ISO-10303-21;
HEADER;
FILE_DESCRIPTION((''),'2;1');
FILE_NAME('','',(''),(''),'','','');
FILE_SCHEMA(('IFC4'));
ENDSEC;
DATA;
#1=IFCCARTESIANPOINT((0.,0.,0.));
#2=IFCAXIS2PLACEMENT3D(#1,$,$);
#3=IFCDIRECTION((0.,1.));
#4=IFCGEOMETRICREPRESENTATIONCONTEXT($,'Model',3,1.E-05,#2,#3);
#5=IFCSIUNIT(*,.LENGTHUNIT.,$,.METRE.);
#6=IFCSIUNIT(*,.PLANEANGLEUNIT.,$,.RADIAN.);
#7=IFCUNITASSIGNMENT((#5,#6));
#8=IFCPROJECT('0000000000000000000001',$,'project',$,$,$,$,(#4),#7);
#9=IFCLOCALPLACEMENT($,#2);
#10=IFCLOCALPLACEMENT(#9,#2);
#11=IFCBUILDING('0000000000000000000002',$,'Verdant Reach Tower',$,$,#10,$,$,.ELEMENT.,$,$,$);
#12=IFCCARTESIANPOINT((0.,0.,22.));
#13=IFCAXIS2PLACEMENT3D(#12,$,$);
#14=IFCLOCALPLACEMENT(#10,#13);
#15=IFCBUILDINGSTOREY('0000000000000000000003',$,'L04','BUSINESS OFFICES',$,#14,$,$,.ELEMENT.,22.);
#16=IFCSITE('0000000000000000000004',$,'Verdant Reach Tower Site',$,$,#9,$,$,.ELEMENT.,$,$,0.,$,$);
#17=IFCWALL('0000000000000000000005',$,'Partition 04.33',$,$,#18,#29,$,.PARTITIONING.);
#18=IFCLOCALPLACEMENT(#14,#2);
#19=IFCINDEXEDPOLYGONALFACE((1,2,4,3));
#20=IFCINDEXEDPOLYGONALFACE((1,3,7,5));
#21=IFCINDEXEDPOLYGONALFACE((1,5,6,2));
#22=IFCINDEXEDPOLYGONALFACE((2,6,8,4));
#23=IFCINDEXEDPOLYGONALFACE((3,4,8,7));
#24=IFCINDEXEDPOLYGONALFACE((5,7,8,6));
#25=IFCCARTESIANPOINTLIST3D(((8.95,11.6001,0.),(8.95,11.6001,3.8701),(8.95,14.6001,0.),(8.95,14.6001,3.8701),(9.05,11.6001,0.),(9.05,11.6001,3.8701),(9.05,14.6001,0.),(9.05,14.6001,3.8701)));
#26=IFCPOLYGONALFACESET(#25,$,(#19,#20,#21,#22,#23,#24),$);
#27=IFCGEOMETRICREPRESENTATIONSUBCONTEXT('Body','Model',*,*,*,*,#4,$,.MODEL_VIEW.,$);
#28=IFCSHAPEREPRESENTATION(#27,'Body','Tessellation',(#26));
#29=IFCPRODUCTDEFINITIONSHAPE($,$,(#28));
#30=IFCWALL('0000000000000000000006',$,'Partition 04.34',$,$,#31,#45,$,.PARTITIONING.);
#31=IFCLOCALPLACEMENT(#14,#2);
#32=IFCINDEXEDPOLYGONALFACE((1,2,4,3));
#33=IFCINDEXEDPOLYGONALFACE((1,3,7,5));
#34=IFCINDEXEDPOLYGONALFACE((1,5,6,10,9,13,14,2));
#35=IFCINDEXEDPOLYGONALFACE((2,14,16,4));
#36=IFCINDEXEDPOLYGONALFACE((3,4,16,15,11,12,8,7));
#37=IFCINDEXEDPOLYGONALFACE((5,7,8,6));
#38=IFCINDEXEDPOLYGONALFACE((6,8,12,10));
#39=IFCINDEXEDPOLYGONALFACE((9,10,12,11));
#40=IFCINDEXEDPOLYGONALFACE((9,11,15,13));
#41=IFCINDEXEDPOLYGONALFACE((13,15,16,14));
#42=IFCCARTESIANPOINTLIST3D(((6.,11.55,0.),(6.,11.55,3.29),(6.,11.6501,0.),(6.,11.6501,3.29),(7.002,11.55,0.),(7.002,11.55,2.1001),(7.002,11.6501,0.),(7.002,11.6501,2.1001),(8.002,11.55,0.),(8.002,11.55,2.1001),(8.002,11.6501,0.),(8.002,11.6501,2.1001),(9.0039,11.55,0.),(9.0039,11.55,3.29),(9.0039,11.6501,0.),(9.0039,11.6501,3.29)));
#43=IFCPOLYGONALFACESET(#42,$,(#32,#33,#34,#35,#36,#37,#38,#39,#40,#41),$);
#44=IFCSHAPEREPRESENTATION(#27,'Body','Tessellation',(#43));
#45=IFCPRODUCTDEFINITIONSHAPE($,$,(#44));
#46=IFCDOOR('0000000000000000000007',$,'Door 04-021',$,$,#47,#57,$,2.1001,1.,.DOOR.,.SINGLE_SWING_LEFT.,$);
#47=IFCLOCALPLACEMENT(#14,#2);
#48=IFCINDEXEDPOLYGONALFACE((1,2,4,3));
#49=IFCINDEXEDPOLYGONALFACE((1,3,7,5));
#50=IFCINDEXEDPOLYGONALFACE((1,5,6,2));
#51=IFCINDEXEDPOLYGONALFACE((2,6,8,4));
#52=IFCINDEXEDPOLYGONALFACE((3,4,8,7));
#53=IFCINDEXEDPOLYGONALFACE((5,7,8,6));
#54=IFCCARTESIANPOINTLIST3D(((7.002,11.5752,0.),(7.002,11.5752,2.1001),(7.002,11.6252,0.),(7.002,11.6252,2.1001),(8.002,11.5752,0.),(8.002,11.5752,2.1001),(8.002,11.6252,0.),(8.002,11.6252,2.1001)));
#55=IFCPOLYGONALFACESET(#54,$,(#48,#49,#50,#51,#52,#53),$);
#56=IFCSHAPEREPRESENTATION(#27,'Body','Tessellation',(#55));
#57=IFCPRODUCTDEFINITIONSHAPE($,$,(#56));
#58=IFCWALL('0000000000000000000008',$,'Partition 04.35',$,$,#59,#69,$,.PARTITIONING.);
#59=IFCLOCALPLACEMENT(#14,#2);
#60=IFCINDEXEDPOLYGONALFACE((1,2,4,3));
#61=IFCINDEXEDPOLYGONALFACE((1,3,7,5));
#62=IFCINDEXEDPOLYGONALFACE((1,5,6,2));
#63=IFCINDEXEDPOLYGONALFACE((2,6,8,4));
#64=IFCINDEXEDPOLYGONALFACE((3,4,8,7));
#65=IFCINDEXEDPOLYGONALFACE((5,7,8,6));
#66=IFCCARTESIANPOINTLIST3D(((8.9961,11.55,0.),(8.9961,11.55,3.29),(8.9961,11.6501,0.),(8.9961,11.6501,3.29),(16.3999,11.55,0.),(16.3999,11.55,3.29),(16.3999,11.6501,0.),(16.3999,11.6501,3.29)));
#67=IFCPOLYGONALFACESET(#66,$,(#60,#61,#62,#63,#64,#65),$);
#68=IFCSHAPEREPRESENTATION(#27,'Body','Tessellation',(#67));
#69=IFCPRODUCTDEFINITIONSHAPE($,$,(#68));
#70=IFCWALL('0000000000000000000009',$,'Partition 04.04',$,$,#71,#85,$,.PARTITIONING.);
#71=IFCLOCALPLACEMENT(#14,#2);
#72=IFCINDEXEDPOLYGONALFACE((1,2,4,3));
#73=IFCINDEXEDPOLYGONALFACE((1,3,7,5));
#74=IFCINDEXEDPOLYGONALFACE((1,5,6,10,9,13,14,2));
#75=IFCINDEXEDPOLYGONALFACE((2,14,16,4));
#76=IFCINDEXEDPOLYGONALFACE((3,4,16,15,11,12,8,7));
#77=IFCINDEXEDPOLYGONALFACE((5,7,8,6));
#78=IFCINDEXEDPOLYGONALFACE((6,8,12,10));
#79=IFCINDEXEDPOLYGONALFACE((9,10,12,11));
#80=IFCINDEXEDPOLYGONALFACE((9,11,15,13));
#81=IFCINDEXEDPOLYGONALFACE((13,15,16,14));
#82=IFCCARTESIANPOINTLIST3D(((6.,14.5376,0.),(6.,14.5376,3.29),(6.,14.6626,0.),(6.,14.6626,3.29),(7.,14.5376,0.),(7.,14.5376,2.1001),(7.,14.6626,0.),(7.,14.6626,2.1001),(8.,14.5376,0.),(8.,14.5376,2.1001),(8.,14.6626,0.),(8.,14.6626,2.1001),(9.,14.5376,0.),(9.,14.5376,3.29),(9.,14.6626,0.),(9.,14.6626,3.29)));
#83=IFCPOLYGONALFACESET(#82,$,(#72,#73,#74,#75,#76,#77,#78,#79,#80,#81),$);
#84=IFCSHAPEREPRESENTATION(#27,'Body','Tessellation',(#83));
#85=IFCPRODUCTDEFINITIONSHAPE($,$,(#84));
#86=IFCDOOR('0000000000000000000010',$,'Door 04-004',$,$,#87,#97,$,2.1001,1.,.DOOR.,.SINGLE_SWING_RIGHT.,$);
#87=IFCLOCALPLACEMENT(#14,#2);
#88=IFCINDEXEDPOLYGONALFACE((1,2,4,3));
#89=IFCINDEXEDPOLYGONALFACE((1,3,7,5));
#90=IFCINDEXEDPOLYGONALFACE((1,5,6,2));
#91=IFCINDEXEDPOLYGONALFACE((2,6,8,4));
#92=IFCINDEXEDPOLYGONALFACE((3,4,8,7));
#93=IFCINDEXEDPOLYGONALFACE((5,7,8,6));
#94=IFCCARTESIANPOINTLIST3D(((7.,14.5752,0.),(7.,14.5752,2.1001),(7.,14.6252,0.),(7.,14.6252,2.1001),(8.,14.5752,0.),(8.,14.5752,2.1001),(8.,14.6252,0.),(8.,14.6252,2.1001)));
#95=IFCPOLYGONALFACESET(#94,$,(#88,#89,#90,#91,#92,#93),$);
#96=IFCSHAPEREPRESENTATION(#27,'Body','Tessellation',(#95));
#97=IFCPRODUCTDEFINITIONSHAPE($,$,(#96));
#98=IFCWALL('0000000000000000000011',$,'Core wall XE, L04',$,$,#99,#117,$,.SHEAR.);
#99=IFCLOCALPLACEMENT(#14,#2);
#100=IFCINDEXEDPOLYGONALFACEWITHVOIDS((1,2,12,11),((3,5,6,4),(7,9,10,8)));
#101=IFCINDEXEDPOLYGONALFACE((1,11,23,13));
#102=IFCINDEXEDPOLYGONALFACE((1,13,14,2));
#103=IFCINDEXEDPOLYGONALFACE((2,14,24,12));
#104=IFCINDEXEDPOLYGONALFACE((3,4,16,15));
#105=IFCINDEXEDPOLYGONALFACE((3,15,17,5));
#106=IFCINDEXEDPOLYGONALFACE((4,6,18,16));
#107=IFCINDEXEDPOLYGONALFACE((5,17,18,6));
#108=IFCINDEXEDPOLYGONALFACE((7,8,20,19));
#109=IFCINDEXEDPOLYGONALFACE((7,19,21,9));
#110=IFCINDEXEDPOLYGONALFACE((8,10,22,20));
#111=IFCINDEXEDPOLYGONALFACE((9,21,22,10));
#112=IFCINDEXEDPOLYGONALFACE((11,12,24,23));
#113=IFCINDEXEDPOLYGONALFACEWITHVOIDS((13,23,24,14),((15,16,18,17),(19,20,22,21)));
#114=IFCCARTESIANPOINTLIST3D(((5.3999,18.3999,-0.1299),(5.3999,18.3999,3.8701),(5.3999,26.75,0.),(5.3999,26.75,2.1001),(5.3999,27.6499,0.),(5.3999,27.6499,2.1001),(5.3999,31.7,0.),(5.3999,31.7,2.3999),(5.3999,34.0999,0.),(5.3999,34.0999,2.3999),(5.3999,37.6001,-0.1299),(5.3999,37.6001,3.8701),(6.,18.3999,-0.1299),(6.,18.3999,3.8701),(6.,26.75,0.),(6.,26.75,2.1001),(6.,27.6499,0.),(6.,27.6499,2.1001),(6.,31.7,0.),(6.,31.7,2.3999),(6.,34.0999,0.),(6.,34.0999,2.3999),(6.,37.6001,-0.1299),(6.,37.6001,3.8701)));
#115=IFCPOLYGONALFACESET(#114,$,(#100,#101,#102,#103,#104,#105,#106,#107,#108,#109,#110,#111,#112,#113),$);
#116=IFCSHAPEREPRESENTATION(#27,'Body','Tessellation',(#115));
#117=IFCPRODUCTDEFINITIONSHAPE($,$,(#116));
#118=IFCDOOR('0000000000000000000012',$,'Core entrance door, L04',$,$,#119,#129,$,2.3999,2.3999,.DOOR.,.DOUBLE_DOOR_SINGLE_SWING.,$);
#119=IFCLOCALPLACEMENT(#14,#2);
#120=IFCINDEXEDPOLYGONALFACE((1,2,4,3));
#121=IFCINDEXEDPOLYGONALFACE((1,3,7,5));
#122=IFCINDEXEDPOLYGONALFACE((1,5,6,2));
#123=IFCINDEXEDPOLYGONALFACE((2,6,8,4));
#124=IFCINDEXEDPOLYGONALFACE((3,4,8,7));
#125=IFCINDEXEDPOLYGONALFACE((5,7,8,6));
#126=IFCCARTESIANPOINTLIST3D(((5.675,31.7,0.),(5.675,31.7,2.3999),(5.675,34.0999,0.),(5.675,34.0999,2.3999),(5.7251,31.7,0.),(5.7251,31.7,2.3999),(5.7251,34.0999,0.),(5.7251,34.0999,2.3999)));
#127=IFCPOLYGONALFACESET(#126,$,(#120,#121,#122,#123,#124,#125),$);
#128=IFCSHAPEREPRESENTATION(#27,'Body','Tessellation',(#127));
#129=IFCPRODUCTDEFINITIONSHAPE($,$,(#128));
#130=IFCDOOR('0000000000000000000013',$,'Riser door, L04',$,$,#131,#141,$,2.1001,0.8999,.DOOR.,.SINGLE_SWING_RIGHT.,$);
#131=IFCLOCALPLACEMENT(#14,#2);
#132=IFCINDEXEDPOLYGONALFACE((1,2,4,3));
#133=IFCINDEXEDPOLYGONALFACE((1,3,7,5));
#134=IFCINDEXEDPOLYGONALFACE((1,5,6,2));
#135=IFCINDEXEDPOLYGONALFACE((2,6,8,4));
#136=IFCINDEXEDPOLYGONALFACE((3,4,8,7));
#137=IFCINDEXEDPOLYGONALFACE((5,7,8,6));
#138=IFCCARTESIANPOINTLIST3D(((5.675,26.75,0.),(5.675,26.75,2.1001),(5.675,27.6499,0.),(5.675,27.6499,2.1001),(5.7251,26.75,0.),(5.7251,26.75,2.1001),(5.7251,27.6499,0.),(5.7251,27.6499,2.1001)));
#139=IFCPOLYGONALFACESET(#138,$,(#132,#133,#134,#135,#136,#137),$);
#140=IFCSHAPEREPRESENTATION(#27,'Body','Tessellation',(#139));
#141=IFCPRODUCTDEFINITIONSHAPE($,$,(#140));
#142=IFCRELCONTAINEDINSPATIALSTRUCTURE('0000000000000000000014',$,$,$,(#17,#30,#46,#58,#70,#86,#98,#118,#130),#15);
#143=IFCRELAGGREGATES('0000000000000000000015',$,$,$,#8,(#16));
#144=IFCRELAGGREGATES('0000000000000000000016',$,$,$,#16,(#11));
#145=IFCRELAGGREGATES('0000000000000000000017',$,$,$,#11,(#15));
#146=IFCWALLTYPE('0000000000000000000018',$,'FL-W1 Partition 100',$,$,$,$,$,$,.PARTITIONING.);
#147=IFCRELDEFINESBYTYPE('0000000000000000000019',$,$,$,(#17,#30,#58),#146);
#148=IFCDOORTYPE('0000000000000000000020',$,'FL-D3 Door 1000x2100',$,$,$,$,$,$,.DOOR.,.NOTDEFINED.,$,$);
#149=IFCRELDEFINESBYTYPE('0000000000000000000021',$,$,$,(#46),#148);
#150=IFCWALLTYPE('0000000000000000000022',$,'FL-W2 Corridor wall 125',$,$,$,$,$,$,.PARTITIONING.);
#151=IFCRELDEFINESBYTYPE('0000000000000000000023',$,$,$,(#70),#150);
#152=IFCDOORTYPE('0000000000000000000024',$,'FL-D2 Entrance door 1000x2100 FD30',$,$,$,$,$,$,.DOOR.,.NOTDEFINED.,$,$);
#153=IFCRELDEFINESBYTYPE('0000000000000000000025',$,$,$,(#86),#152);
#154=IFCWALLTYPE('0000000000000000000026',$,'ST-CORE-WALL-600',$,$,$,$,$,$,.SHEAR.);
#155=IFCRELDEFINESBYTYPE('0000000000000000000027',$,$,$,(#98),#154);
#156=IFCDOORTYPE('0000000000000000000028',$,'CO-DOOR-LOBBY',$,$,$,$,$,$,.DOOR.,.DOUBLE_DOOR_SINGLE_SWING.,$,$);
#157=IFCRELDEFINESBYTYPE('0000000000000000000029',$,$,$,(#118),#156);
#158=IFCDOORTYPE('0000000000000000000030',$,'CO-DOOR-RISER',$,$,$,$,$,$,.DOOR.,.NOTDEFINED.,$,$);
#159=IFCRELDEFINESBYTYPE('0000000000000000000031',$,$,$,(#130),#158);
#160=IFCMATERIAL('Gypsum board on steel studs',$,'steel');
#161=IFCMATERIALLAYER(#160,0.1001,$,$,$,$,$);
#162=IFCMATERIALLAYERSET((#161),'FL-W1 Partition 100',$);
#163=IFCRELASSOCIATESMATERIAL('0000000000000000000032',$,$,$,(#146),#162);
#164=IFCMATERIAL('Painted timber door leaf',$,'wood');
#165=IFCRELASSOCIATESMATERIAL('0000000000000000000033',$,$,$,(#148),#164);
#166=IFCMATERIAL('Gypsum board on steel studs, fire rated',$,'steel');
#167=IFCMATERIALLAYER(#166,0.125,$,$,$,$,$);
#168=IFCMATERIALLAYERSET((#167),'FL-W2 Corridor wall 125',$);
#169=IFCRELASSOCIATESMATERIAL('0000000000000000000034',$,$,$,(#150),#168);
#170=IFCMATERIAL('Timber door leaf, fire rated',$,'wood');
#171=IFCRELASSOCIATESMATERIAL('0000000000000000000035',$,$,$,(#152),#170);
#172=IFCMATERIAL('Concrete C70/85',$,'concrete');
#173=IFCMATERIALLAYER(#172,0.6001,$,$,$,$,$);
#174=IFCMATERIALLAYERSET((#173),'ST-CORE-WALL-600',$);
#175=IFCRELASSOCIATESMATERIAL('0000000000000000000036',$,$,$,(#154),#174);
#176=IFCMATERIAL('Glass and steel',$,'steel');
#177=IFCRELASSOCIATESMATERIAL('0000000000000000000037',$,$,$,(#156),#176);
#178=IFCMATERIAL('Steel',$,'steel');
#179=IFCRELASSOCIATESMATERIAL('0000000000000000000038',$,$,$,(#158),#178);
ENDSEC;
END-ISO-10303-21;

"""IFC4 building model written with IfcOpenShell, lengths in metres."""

from ifc_helpers import new_model, si_unit, direction, frame, frame_2d, origin, place, context, subcontext, project, spatial, rectangle, extrude, material, layer, layer_set, type_object, element, fill, save


model = new_model("IFC4")

# Units and contexts
model_context = context("Model", 3, precision=1e-05, world=origin(), true_north=direction((0.0, 1.0)))
body_context = subcontext(model_context, "Body", "Model", "MODEL_VIEW")
ifc_project = project(units=[si_unit("LENGTHUNIT", "METRE"), si_unit("PLANEANGLEUNIT", "RADIAN")], contexts=[model_context])

# Site, building, storey
site_placement = place(None, origin())
site = spatial("IfcSite", under=ifc_project, at=site_placement, Name="Verdant Reach Tower Site", CompositionType="ELEMENT", RefElevation=0.0)
building_placement = place(site_placement, origin())
building = spatial("IfcBuilding", under=site, at=building_placement, Name="Verdant Reach Tower", CompositionType="ELEMENT")
storey_placement = place(building_placement, frame((0.0, 0.0, 22.0)))
storey = spatial("IfcBuildingStorey", under=building, at=storey_placement, Name="L04", Description="BUSINESS OFFICES", CompositionType="ELEMENT", Elevation=22.0)

# Shared definitions
ifc_material_1 = material(Name="Gypsum board on steel studs", Category="steel")

# Shared definitions
ifc_layer_1 = layer(ifc_material_1, 0.1001)
ifc_layer_set_1 = layer_set([ifc_layer_1], Name="FL-W1 Partition 100")
wall_type_1 = type_object("IfcWallType", Name="FL-W1 Partition 100", PredefinedType="PARTITIONING", material=ifc_layer_set_1)
ifc_material_2 = material(Name="Painted timber door leaf", Category="wood")
door_type_1 = type_object("IfcDoorType", Name="FL-D3 Door 1000x2100", OperationType="NOTDEFINED", PredefinedType="DOOR", material=ifc_material_2)

# Wall
wall_1_placement = place(storey_placement, frame((9.0, 11.6001, 0.0), z_axis=(0.0, 0.0, 1.0), x_axis=(0.0, 1.0, 0.0)))
element("IfcWall", 1, at=wall_1_placement, inside=storey, type_object=wall_type_1, Name="Partition 04.33", PredefinedType="PARTITIONING", context=body_context, shape_type="SweptSolid", body=[
    extrude(rectangle(XDim=3.0, YDim=0.1001, at=frame_2d((1.5, 0.0))), origin(), (0.0, 0.0, 1.0), 3.8701),
])

# Wall, opening, door
wall_2_placement = place(storey_placement, frame((9.0039, 11.6001, 0.0), z_axis=(0.0, 0.0, 1.0), x_axis=(-1.0, 0.0, 0.0)))
wall_2 = element("IfcWall", 2, at=wall_2_placement, inside=storey, type_object=wall_type_1, Name="Partition 04.34", PredefinedType="PARTITIONING", context=body_context, shape_type="SweptSolid", body=[
    extrude(rectangle(XDim=3.0039, YDim=0.1001, at=frame_2d((1.502, 0.0))), origin(), (0.0, 0.0, 1.0), 3.29),
])
opening_1_placement = place(wall_2_placement, frame((1.002, 0.0, 0.0)))
opening_1 = element("IfcOpeningElement", 3, at=opening_1_placement, cuts=wall_2, PredefinedType="OPENING", context=body_context, shape_type="SweptSolid", body=[
    extrude(rectangle(XDim=1.0, YDim=2.1001, at=frame_2d((0.5, 1.05))), frame((0.0, 0.0601, 0.0), z_axis=(0.0, -1.0, 0.0), x_axis=(1.0, 0.0, 0.0)), (0.0, 0.0, 1.0), 0.1201),
])
door_1_placement = place(opening_1_placement, origin())
door_1 = element("IfcDoor", 4, at=door_1_placement, inside=storey, type_object=door_type_1, Name="Door 04-021", OperationType="SINGLE_SWING_LEFT", OverallHeight=2.1001, OverallWidth=1.0, PredefinedType="DOOR", context=body_context, shape_type="SweptSolid", body=[
    extrude(rectangle(XDim=1.0, YDim=2.1001, at=frame_2d((0.5, 1.05))), frame((0.0, 0.0249, 0.0), z_axis=(0.0, -1.0, 0.0), x_axis=(1.0, 0.0, 0.0)), (0.0, 0.0, 1.0), 0.05),
])
fill(opening_1, door_1)

# Wall
wall_3_placement = place(storey_placement, frame((8.9961, 11.6001, 0.0), z_axis=(0.0, 0.0, 1.0), x_axis=(1.0, 0.0, 0.0)))
element("IfcWall", 5, at=wall_3_placement, inside=storey, type_object=wall_type_1, Name="Partition 04.35", PredefinedType="PARTITIONING", context=body_context, shape_type="SweptSolid", body=[
    extrude(rectangle(XDim=7.4038, YDim=0.1001, at=frame_2d((3.7019, 0.0))), origin(), (0.0, 0.0, 1.0), 3.29),
])

# Wall, opening, door
ifc_material_3 = material(Name="Gypsum board on steel studs, fire rated", Category="steel")
ifc_layer_2 = layer(ifc_material_3, 0.125)
ifc_layer_set_2 = layer_set([ifc_layer_2], Name="FL-W2 Corridor wall 125")
wall_type_2 = type_object("IfcWallType", Name="FL-W2 Corridor wall 125", PredefinedType="PARTITIONING", material=ifc_layer_set_2)
wall_4_placement = place(storey_placement, frame((9.0, 14.6001, 0.0), z_axis=(0.0, 0.0, 1.0), x_axis=(-1.0, 0.0, 0.0)))
wall_4 = element("IfcWall", 6, at=wall_4_placement, inside=storey, type_object=wall_type_2, Name="Partition 04.04", PredefinedType="PARTITIONING", context=body_context, shape_type="SweptSolid", body=[
    extrude(rectangle(XDim=3.0, YDim=0.125, at=frame_2d((1.5, 0.0))), origin(), (0.0, 0.0, 1.0), 3.29),
])
opening_2_placement = place(wall_4_placement, frame((1.0, 0.0, 0.0)))
opening_2 = element("IfcOpeningElement", 7, at=opening_2_placement, cuts=wall_4, PredefinedType="OPENING", context=body_context, shape_type="SweptSolid", body=[
    extrude(rectangle(XDim=1.0, YDim=2.1001, at=frame_2d((0.5, 1.05))), frame((0.0, 0.0725, 0.0), z_axis=(0.0, -1.0, 0.0), x_axis=(1.0, 0.0, 0.0)), (0.0, 0.0, 1.0), 0.145),
])
ifc_material_4 = material(Name="Timber door leaf, fire rated", Category="wood")
door_type_2 = type_object("IfcDoorType", Name="FL-D2 Entrance door 1000x2100 FD30", OperationType="NOTDEFINED", PredefinedType="DOOR", material=ifc_material_4)
door_2_placement = place(opening_2_placement, origin())
door_2 = element("IfcDoor", 8, at=door_2_placement, inside=storey, type_object=door_type_2, Name="Door 04-004", OperationType="SINGLE_SWING_RIGHT", OverallHeight=2.1001, OverallWidth=1.0, PredefinedType="DOOR", context=body_context, shape_type="SweptSolid", body=[
    extrude(rectangle(XDim=1.0, YDim=2.1001, at=frame_2d((0.5, 1.05))), frame((0.0, 0.0249, 0.0), z_axis=(0.0, -1.0, 0.0), x_axis=(1.0, 0.0, 0.0)), (0.0, 0.0, 1.0), 0.05),
])
fill(opening_2, door_2)

# Wall, openings, doors
ifc_material_5 = material(Name="Concrete C70/85", Category="concrete")
ifc_layer_3 = layer(ifc_material_5, 0.6001)
ifc_layer_set_3 = layer_set([ifc_layer_3], Name="ST-CORE-WALL-600")
wall_type_3 = type_object("IfcWallType", Name="ST-CORE-WALL-600", PredefinedType="SHEAR", material=ifc_layer_set_3)
wall_5_placement = place(storey_placement, frame((5.7, 18.3999, -0.1299), z_axis=(0.0, 0.0, 1.0), x_axis=(0.0, 1.0, 0.0)))
wall_5 = element("IfcWall", 9, at=wall_5_placement, inside=storey, type_object=wall_type_3, Name="Core wall XE, L04", PredefinedType="SHEAR", context=body_context, shape_type="SweptSolid", body=[
    extrude(rectangle(XDim=19.2002, YDim=0.6001, at=frame_2d((9.6001, 0.0))), origin(), (0.0, 0.0, 1.0), 4.0),
])
opening_3_placement = place(wall_5_placement, frame((8.3501, 0.0, 0.1299)))
opening_3 = element("IfcOpeningElement", 10, at=opening_3_placement, cuts=wall_5, PredefinedType="OPENING", context=body_context, shape_type="SweptSolid", body=[
    extrude(rectangle(XDim=0.8999, YDim=2.1001, at=frame_2d((0.45, 1.05))), frame((0.0, 0.3101, 0.0), z_axis=(0.0, -1.0, 0.0), x_axis=(1.0, 0.0, 0.0)), (0.0, 0.0, 1.0), 0.6201),
])
opening_4_placement = place(wall_5_placement, frame((13.3, 0.0, 0.1299)))
opening_4 = element("IfcOpeningElement", 11, at=opening_4_placement, cuts=wall_5, PredefinedType="OPENING", context=body_context, shape_type="SweptSolid", body=[
    extrude(rectangle(XDim=2.3999, YDim=2.3999, at=frame_2d((1.2, 1.2))), frame((0.0, 0.3101, 0.0), z_axis=(0.0, -1.0, 0.0), x_axis=(1.0, 0.0, 0.0)), (0.0, 0.0, 1.0), 0.6201),
])
ifc_material_6 = material(Name="Glass and steel", Category="steel")
door_type_3 = type_object("IfcDoorType", Name="CO-DOOR-LOBBY", OperationType="DOUBLE_DOOR_SINGLE_SWING", PredefinedType="DOOR", material=ifc_material_6)
door_3_placement = place(opening_4_placement, origin())
door_3 = element("IfcDoor", 12, at=door_3_placement, inside=storey, type_object=door_type_3, Name="Core entrance door, L04", OperationType="DOUBLE_DOOR_SINGLE_SWING", OverallHeight=2.3999, OverallWidth=2.3999, PredefinedType="DOOR", context=body_context, shape_type="SweptSolid", body=[
    extrude(rectangle(XDim=2.3999, YDim=2.3999, at=frame_2d((1.2, 1.2))), frame((0.0, 0.0249, 0.0), z_axis=(0.0, -1.0, 0.0), x_axis=(1.0, 0.0, 0.0)), (0.0, 0.0, 1.0), 0.05),
])
fill(opening_4, door_3)
ifc_material_7 = material(Name="Steel", Category="steel")
door_type_4 = type_object("IfcDoorType", Name="CO-DOOR-RISER", OperationType="NOTDEFINED", PredefinedType="DOOR", material=ifc_material_7)
door_4_placement = place(opening_3_placement, origin())
door_4 = element("IfcDoor", 13, at=door_4_placement, inside=storey, type_object=door_type_4, Name="Riser door, L04", OperationType="SINGLE_SWING_RIGHT", OverallHeight=2.1001, OverallWidth=0.8999, PredefinedType="DOOR", context=body_context, shape_type="SweptSolid", body=[
    extrude(rectangle(XDim=0.8999, YDim=2.1001, at=frame_2d((0.45, 1.05))), frame((0.0, 0.0249, 0.0), z_axis=(0.0, -1.0, 0.0), x_axis=(1.0, 0.0, 0.0)), (0.0, 0.0, 1.0), 0.05),
])
fill(opening_3, door_4)

save(model, "model.ifc")
